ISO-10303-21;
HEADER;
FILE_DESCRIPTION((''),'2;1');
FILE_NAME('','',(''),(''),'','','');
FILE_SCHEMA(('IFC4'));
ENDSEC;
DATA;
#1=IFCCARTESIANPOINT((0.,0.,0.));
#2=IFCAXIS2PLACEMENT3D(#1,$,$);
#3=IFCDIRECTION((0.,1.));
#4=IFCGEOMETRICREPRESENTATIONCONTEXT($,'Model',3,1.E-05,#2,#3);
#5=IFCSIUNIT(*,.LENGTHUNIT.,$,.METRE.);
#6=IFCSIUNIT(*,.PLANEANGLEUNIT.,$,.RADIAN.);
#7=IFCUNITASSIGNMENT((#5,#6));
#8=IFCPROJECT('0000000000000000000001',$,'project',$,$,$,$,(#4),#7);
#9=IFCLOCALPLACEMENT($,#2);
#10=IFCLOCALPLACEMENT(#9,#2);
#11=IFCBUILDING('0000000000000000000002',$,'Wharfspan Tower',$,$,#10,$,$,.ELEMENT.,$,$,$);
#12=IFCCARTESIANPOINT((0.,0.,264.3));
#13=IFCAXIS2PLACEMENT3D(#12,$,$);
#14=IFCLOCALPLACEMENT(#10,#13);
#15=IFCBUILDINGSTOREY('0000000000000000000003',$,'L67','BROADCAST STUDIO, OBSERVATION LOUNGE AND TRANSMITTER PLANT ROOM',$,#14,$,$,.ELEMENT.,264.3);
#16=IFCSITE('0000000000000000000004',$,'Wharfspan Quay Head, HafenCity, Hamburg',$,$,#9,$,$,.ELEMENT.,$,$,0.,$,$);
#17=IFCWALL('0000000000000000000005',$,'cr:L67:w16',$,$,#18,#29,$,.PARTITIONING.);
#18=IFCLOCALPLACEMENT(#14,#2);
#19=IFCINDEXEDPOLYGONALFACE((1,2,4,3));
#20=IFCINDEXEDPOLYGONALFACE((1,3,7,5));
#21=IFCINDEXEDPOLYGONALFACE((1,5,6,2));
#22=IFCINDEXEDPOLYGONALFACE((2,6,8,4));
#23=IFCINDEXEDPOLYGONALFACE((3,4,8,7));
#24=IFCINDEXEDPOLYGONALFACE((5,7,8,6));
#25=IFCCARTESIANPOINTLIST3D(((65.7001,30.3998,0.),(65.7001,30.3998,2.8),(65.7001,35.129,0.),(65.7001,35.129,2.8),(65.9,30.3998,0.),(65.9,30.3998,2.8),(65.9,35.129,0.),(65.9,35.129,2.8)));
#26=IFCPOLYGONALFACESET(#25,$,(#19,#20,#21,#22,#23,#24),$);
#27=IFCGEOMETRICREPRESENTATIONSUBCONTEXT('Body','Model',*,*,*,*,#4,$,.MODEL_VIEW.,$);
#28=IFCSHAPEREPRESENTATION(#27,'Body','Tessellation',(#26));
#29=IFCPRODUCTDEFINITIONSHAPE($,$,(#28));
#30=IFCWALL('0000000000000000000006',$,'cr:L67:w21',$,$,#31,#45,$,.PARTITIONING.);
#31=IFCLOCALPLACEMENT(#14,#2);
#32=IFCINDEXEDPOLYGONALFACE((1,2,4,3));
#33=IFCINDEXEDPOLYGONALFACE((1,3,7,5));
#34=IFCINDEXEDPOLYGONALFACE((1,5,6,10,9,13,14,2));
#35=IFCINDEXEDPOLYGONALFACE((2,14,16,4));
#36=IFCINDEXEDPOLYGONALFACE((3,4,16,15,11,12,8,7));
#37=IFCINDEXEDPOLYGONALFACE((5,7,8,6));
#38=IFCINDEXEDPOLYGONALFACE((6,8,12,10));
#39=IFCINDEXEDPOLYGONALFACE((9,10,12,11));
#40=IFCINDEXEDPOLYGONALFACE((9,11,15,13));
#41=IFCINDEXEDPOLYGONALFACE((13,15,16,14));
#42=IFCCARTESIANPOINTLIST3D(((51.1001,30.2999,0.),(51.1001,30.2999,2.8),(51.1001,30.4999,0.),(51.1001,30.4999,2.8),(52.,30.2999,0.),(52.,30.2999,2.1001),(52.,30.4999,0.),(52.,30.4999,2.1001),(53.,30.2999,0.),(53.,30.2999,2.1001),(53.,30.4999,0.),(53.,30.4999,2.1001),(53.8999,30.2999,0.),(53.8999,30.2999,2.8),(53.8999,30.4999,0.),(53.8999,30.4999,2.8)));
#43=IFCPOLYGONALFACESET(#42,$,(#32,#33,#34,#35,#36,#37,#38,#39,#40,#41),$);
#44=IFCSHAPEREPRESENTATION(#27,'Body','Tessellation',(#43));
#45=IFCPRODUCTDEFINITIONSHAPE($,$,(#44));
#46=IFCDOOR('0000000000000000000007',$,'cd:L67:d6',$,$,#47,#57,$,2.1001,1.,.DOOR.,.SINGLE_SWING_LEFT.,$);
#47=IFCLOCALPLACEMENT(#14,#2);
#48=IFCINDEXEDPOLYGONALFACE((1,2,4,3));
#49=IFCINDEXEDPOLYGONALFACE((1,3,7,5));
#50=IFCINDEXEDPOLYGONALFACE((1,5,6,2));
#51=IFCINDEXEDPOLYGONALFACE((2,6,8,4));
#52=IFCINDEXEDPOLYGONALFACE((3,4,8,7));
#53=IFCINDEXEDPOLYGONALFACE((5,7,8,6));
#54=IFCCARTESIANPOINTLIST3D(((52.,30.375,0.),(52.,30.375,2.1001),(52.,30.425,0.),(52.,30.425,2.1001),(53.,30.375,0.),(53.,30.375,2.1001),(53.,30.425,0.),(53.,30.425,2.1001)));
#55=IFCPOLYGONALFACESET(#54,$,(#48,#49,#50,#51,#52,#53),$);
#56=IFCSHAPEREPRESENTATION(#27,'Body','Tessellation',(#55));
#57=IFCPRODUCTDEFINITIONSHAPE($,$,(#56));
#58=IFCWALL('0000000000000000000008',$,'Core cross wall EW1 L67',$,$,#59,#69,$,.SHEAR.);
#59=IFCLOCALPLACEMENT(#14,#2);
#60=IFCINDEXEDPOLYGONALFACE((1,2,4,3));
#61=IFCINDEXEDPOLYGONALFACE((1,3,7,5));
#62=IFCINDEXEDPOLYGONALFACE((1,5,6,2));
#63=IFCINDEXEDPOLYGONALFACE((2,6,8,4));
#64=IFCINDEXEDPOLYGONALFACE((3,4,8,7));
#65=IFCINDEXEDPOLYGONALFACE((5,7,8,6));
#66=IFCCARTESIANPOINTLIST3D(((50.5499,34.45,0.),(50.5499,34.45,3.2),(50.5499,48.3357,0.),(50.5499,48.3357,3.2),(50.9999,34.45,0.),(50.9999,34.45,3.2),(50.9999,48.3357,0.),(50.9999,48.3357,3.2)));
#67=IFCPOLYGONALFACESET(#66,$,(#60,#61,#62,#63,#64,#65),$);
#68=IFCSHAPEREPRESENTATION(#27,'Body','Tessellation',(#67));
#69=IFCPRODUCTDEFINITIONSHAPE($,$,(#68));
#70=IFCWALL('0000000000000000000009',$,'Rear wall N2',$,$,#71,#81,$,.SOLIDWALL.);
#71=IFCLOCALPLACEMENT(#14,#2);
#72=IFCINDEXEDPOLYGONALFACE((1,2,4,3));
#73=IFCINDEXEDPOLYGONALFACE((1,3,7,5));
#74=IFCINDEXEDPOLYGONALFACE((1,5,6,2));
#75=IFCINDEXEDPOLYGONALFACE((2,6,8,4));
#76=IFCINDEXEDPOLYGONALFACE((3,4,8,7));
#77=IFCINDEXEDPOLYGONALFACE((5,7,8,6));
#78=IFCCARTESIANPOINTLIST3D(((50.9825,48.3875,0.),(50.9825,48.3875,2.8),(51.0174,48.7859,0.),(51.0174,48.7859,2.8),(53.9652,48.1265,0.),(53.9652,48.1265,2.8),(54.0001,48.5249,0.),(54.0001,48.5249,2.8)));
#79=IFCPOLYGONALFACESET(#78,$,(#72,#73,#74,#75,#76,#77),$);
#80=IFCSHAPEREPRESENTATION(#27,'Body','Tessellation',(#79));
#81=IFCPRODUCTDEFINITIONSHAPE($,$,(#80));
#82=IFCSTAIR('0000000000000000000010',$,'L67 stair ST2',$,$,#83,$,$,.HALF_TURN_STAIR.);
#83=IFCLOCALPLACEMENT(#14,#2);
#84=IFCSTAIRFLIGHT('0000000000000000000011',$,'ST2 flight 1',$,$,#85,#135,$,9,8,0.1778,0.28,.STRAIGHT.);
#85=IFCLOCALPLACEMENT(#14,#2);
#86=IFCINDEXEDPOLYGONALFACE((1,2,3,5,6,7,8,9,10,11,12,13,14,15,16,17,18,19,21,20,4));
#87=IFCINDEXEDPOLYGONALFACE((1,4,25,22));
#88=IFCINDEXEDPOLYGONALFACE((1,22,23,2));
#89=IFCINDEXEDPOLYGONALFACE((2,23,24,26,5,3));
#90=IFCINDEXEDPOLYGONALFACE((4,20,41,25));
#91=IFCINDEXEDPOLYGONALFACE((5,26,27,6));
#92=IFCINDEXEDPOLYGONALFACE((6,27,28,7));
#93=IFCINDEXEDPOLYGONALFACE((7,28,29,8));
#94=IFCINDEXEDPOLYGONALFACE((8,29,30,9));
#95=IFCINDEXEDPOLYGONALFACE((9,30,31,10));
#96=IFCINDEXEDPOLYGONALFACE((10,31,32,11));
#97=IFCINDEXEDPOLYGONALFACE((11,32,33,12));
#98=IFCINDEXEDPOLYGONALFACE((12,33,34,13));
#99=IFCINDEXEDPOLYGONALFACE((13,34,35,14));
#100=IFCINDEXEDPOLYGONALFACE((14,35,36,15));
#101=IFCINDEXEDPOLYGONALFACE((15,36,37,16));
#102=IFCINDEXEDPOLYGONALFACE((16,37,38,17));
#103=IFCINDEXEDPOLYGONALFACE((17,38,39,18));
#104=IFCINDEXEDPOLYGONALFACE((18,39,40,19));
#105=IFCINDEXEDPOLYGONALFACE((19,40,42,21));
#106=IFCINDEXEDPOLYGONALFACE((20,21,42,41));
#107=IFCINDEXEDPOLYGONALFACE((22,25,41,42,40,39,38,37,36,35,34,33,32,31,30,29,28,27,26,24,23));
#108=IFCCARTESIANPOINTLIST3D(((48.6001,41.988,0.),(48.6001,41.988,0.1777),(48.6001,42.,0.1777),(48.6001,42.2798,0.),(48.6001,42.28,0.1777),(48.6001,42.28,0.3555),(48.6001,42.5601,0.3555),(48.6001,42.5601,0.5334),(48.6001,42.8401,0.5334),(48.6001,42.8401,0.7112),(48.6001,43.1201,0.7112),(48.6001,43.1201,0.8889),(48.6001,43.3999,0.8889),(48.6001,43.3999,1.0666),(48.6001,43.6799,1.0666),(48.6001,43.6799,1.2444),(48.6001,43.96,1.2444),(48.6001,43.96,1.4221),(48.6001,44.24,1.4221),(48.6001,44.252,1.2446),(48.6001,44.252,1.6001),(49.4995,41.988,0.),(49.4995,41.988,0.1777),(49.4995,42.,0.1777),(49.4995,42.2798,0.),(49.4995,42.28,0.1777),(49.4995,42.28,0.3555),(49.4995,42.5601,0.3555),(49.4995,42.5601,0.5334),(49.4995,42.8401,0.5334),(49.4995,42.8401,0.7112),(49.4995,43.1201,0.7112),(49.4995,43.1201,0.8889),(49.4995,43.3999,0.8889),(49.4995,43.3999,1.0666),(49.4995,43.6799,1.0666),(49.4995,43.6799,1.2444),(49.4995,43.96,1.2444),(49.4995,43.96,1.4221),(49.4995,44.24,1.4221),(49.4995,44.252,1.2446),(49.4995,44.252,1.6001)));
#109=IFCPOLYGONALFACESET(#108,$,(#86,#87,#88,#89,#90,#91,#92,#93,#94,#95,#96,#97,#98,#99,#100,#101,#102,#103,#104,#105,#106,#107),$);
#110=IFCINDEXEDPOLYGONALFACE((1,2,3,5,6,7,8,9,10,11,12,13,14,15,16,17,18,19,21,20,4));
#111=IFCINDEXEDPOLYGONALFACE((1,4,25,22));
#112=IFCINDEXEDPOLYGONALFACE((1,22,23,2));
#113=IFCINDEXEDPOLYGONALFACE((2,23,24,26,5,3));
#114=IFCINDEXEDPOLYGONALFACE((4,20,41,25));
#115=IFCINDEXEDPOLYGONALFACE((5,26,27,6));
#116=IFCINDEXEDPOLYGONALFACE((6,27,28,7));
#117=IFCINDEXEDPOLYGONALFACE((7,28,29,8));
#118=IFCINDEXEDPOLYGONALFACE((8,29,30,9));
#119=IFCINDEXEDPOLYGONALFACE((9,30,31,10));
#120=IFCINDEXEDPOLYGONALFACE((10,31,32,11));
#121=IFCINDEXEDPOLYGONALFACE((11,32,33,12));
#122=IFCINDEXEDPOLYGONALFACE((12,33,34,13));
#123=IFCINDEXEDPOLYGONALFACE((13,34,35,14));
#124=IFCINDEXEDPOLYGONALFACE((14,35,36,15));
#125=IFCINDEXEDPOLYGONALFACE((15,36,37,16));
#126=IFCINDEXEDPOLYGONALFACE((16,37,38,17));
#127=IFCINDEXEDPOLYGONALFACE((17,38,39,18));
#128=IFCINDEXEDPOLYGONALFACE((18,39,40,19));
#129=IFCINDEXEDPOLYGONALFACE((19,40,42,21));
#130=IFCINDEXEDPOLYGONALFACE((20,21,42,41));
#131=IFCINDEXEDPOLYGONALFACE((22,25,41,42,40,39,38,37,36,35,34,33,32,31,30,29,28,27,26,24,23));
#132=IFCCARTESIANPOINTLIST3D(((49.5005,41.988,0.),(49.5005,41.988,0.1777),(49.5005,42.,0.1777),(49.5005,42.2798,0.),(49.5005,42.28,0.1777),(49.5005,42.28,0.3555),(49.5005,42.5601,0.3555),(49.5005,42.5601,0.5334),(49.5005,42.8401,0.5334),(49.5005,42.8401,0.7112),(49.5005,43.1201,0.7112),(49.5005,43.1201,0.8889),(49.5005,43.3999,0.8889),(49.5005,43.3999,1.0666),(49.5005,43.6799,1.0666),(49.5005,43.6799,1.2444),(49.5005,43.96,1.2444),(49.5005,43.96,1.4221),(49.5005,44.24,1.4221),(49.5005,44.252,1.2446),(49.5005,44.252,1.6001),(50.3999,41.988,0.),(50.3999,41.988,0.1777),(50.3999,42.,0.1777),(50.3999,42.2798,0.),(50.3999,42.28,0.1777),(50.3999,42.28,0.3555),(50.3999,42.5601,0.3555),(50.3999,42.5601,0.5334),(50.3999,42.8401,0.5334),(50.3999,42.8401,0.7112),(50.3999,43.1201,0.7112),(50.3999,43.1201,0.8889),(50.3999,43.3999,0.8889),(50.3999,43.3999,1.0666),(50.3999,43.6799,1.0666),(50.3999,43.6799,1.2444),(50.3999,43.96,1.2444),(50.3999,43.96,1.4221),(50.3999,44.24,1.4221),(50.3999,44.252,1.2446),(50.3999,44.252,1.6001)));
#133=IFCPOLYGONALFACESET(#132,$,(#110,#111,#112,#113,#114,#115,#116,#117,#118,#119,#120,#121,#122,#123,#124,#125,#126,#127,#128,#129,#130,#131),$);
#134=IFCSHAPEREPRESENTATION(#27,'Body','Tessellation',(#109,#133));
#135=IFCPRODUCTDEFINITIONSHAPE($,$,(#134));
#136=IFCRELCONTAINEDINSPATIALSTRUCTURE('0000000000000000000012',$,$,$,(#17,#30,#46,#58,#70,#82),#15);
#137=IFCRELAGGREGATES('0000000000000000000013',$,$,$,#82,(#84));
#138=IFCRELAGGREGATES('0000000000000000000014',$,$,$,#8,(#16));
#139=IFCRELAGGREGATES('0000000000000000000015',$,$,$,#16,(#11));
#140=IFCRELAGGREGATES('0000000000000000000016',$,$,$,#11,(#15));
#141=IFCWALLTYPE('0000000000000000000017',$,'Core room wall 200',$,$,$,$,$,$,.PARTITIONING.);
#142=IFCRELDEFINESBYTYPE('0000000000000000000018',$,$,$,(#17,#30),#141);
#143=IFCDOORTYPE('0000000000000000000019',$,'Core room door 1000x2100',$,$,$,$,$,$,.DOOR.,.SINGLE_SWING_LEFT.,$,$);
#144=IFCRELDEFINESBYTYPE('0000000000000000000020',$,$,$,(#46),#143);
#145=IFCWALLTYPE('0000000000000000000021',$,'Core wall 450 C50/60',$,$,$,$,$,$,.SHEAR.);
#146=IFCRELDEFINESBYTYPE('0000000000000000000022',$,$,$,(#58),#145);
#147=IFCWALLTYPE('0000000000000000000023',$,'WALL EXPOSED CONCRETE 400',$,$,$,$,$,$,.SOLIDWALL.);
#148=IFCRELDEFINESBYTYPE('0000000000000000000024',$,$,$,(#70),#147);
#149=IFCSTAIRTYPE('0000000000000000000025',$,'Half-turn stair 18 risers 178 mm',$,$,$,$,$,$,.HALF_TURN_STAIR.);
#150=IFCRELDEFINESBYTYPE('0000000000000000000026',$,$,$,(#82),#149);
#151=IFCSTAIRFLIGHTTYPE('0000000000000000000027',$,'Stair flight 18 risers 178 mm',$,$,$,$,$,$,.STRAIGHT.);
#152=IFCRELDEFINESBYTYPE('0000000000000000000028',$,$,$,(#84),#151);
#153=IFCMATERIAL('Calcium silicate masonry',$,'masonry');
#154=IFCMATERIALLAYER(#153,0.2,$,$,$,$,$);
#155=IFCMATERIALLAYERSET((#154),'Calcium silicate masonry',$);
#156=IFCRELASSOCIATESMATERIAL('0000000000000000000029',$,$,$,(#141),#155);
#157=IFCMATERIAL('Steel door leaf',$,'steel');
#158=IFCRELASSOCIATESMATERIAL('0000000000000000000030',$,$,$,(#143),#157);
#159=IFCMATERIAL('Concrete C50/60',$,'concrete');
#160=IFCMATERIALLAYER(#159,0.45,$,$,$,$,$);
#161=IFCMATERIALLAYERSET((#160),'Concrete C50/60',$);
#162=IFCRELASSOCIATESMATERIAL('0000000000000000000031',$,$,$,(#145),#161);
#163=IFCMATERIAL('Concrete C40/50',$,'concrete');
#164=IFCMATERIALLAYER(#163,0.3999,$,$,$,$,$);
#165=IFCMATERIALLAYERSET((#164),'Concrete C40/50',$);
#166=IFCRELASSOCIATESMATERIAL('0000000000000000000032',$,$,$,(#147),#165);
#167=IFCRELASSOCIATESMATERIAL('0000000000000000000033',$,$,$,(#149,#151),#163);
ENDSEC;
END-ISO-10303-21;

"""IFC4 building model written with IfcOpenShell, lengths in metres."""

from ifc_helpers import new_model, si_unit, direction, frame, frame_2d, origin, place, context, subcontext, project, spatial, polyline, rectangle, outline, extrude, material, layer, layer_set, type_object, element, fill, aggregate, save


model = new_model("IFC4")

# Units and contexts
model_context = context("Model", 3, precision=1e-05, world=origin(), true_north=direction((0.0, 1.0)))
body_context = subcontext(model_context, "Body", "Model", "MODEL_VIEW")
ifc_project = project(units=[si_unit("LENGTHUNIT", "METRE"), si_unit("PLANEANGLEUNIT", "RADIAN")], contexts=[model_context])

# Site, building, storey
site_placement = place(None, origin())
site = spatial("IfcSite", under=ifc_project, at=site_placement, Name="Wharfspan Quay Head, HafenCity, Hamburg", CompositionType="ELEMENT", RefElevation=0.0)
building_placement = place(site_placement, origin())
building = spatial("IfcBuilding", under=site, at=building_placement, Name="Wharfspan Tower", CompositionType="ELEMENT")
storey_placement = place(building_placement, frame((0.0, 0.0, 264.3)))
storey = spatial("IfcBuildingStorey", under=building, at=storey_placement, Name="L67", Description="BROADCAST STUDIO, OBSERVATION LOUNGE AND TRANSMITTER PLANT ROOM", CompositionType="ELEMENT", Elevation=264.3)

# Shared definitions
ifc_material_1 = material(Name="Calcium silicate masonry", Category="masonry")
ifc_layer_1 = layer(ifc_material_1, 0.2)
ifc_layer_set_1 = layer_set([ifc_layer_1], Name="Calcium silicate masonry")
wall_type_1 = type_object("IfcWallType", Name="Core room wall 200", PredefinedType="PARTITIONING", material=ifc_layer_set_1)
ifc_material_2 = material(Name="Steel door leaf", Category="steel")
door_type = type_object("IfcDoorType", Name="Core room door 1000x2100", OperationType="SINGLE_SWING_LEFT", PredefinedType="DOOR", material=ifc_material_2)

# Wall
wall_1_placement = place(storey_placement, frame((65.8, 35.1292, 0.0), z_axis=(0.0, 0.0, 1.0), x_axis=(0.0, -1.0, 0.0)))
element("IfcWall", 1, at=wall_1_placement, inside=storey, type_object=wall_type_1, Name="cr:L67:w16", PredefinedType="PARTITIONING", context=body_context, shape_type="SweptSolid", body=[
    extrude(rectangle(XDim=4.7292, YDim=0.2, at=frame_2d((2.3647, 0.0))), origin(), (0.0, 0.0, 1.0), 2.8),
])

# Wall, opening, door
wall_2_placement = place(storey_placement, frame((53.8999, 30.3999, 0.0), z_axis=(0.0, 0.0, 1.0), x_axis=(-1.0, 0.0, 0.0)))
wall_2 = element("IfcWall", 2, at=wall_2_placement, inside=storey, type_object=wall_type_1, Name="cr:L67:w21", PredefinedType="PARTITIONING", context=body_context, shape_type="SweptSolid", body=[
    extrude(rectangle(XDim=2.7998, YDim=0.2, at=frame_2d((1.3999, 0.0))), origin(), (0.0, 0.0, 1.0), 2.8),
])
opening_1_placement = place(wall_2_placement, frame((0.8999, 0.0, 0.0)))
opening_1 = element("IfcOpeningElement", 3, at=opening_1_placement, cuts=wall_2, PredefinedType="OPENING", context=body_context, shape_type="SweptSolid", body=[
    extrude(rectangle(XDim=1.0, YDim=2.1001, at=frame_2d((0.5, 1.05))), frame((0.0, 0.1099, 0.0), z_axis=(0.0, -1.0, 0.0), x_axis=(1.0, 0.0, 0.0)), (0.0, 0.0, 1.0), 0.22),
])
door_1_placement = place(opening_1_placement, origin())
door_1 = element("IfcDoor", 4, at=door_1_placement, inside=storey, type_object=door_type, Name="cd:L67:d6", OperationType="SINGLE_SWING_LEFT", OverallHeight=2.1001, OverallWidth=1.0, PredefinedType="DOOR", context=body_context, shape_type="SweptSolid", body=[
    extrude(rectangle(XDim=1.0, YDim=2.1001, at=frame_2d((0.5, 1.05))), frame((0.0, 0.0249, 0.0), z_axis=(0.0, -1.0, 0.0), x_axis=(1.0, 0.0, 0.0)), (0.0, 0.0, 1.0), 0.05),
])
fill(opening_1, door_1)

# Walls
ifc_material_3 = material(Name="Concrete C50/60", Category="concrete")
ifc_layer_2 = layer(ifc_material_3, 0.45)
ifc_layer_set_2 = layer_set([ifc_layer_2], Name="Concrete C50/60")
wall_type_2 = type_object("IfcWallType", Name="Core wall 450 C50/60", PredefinedType="SHEAR", material=ifc_layer_set_2)
wall_3_placement = place(storey_placement, frame((50.7749, 34.45, 0.0), z_axis=(0.0, 0.0, 1.0), x_axis=(0.0, 1.0, 0.0)))
element("IfcWall", 5, at=wall_3_placement, inside=storey, type_object=wall_type_2, Name="Core cross wall EW1 L67", PredefinedType="SHEAR", context=body_context, shape_type="SweptSolid", body=[
    extrude(rectangle(XDim=13.8857, YDim=0.45, at=frame_2d((6.9429, 0.0))), origin(), (0.0, 0.0, 1.0), 3.2),
])
ifc_material_4 = material(Name="Concrete C40/50", Category="concrete")
ifc_layer_3 = layer(ifc_material_4, 0.3999)
ifc_layer_set_3 = layer_set([ifc_layer_3], Name="Concrete C40/50")
wall_type_3 = type_object("IfcWallType", Name="WALL EXPOSED CONCRETE 400", PredefinedType="SOLIDWALL", material=ifc_layer_set_3)
wall_4_placement = place(storey_placement, frame((53.9827, 48.3257, 0.0), z_axis=(0.0, 0.0, 1.0), x_axis=(-0.996194, 0.087168, 0.0)))
element("IfcWall", 6, at=wall_4_placement, inside=storey, type_object=wall_type_3, Name="Rear wall N2", PredefinedType="SOLIDWALL", context=body_context, shape_type="SweptSolid", body=[
    extrude(rectangle(XDim=2.9941, YDim=0.3999, at=frame_2d((1.4971, 0.0))), origin(), (0.0, 0.0, 1.0), 2.8),
])

# Stair, stair flight
stair_type = type_object("IfcStairType", Name="Half-turn stair 18 risers 178 mm", PredefinedType="HALF_TURN_STAIR", material=ifc_material_4)
stair_placement = place(storey_placement, origin())
stair = element("IfcStair", 7, at=stair_placement, inside=storey, type_object=stair_type, Name="L67 stair ST2", PredefinedType="HALF_TURN_STAIR")
stair_flight_type = type_object("IfcStairFlightType", Name="Stair flight 18 risers 178 mm", PredefinedType="STRAIGHT", material=ifc_material_4)
stair_flight_placement = place(storey_placement, frame((49.5, 42.0, 0.0), z_axis=(0.0, 0.0, 1.0), x_axis=(0.0, 1.0, 0.0)))
stair_flight = element("IfcStairFlight", 8, at=stair_flight_placement, type_object=stair_flight_type, Name="ST2 flight 1", NumberOfRisers=9, NumberOfTreads=8, PredefinedType="STRAIGHT", RiserHeight=0.1778, TreadLength=0.28, context=body_context, shape_type="SweptSolid", body=[
    extrude(outline(polyline([(-0.012, 0.0), (-0.012, 0.1777), (0.0, 0.1777), (0.28, 0.1777), (0.28, 0.3555), (0.5601, 0.3555), (0.5601, 0.5334), (0.8401, 0.5334), (0.8401, 0.7112), (1.1201, 0.7112), (1.1201, 0.8889), (1.3999, 0.8889), (1.3999, 1.0667), (1.6799, 1.0667), (1.6799, 1.2444), (1.96, 1.2444), (1.96, 1.4221), (2.24, 1.4221), (2.252, 1.6001), (2.252, 1.2446), (0.2798, 0.0), (-0.012, 0.0)])), frame((0.0, 0.8999, 0.0), z_axis=(0.0, -1.0, 0.0), x_axis=(1.0, 0.0, 0.0)), (0.0, 0.0, 1.0), 0.8994),
    extrude(outline(polyline([(-0.012, 0.0), (-0.012, 0.1777), (0.0, 0.1777), (0.28, 0.1777), (0.28, 0.3555), (0.5601, 0.3555), (0.5601, 0.5334), (0.8401, 0.5334), (0.8401, 0.7112), (1.1201, 0.7112), (1.1201, 0.8889), (1.3999, 0.8889), (1.3999, 1.0667), (1.6799, 1.0667), (1.6799, 1.2444), (1.96, 1.2444), (1.96, 1.4221), (2.24, 1.4221), (2.252, 1.6001), (2.252, 1.2446), (0.2798, 0.0), (-0.012, 0.0)])), frame((0.0, -0.0005, 0.0), z_axis=(0.0, -1.0, 0.0), x_axis=(1.0, 0.0, 0.0)), (0.0, 0.0, 1.0), 0.8994),
])
aggregate(stair, [stair_flight])

save(model, "model.ifc")
